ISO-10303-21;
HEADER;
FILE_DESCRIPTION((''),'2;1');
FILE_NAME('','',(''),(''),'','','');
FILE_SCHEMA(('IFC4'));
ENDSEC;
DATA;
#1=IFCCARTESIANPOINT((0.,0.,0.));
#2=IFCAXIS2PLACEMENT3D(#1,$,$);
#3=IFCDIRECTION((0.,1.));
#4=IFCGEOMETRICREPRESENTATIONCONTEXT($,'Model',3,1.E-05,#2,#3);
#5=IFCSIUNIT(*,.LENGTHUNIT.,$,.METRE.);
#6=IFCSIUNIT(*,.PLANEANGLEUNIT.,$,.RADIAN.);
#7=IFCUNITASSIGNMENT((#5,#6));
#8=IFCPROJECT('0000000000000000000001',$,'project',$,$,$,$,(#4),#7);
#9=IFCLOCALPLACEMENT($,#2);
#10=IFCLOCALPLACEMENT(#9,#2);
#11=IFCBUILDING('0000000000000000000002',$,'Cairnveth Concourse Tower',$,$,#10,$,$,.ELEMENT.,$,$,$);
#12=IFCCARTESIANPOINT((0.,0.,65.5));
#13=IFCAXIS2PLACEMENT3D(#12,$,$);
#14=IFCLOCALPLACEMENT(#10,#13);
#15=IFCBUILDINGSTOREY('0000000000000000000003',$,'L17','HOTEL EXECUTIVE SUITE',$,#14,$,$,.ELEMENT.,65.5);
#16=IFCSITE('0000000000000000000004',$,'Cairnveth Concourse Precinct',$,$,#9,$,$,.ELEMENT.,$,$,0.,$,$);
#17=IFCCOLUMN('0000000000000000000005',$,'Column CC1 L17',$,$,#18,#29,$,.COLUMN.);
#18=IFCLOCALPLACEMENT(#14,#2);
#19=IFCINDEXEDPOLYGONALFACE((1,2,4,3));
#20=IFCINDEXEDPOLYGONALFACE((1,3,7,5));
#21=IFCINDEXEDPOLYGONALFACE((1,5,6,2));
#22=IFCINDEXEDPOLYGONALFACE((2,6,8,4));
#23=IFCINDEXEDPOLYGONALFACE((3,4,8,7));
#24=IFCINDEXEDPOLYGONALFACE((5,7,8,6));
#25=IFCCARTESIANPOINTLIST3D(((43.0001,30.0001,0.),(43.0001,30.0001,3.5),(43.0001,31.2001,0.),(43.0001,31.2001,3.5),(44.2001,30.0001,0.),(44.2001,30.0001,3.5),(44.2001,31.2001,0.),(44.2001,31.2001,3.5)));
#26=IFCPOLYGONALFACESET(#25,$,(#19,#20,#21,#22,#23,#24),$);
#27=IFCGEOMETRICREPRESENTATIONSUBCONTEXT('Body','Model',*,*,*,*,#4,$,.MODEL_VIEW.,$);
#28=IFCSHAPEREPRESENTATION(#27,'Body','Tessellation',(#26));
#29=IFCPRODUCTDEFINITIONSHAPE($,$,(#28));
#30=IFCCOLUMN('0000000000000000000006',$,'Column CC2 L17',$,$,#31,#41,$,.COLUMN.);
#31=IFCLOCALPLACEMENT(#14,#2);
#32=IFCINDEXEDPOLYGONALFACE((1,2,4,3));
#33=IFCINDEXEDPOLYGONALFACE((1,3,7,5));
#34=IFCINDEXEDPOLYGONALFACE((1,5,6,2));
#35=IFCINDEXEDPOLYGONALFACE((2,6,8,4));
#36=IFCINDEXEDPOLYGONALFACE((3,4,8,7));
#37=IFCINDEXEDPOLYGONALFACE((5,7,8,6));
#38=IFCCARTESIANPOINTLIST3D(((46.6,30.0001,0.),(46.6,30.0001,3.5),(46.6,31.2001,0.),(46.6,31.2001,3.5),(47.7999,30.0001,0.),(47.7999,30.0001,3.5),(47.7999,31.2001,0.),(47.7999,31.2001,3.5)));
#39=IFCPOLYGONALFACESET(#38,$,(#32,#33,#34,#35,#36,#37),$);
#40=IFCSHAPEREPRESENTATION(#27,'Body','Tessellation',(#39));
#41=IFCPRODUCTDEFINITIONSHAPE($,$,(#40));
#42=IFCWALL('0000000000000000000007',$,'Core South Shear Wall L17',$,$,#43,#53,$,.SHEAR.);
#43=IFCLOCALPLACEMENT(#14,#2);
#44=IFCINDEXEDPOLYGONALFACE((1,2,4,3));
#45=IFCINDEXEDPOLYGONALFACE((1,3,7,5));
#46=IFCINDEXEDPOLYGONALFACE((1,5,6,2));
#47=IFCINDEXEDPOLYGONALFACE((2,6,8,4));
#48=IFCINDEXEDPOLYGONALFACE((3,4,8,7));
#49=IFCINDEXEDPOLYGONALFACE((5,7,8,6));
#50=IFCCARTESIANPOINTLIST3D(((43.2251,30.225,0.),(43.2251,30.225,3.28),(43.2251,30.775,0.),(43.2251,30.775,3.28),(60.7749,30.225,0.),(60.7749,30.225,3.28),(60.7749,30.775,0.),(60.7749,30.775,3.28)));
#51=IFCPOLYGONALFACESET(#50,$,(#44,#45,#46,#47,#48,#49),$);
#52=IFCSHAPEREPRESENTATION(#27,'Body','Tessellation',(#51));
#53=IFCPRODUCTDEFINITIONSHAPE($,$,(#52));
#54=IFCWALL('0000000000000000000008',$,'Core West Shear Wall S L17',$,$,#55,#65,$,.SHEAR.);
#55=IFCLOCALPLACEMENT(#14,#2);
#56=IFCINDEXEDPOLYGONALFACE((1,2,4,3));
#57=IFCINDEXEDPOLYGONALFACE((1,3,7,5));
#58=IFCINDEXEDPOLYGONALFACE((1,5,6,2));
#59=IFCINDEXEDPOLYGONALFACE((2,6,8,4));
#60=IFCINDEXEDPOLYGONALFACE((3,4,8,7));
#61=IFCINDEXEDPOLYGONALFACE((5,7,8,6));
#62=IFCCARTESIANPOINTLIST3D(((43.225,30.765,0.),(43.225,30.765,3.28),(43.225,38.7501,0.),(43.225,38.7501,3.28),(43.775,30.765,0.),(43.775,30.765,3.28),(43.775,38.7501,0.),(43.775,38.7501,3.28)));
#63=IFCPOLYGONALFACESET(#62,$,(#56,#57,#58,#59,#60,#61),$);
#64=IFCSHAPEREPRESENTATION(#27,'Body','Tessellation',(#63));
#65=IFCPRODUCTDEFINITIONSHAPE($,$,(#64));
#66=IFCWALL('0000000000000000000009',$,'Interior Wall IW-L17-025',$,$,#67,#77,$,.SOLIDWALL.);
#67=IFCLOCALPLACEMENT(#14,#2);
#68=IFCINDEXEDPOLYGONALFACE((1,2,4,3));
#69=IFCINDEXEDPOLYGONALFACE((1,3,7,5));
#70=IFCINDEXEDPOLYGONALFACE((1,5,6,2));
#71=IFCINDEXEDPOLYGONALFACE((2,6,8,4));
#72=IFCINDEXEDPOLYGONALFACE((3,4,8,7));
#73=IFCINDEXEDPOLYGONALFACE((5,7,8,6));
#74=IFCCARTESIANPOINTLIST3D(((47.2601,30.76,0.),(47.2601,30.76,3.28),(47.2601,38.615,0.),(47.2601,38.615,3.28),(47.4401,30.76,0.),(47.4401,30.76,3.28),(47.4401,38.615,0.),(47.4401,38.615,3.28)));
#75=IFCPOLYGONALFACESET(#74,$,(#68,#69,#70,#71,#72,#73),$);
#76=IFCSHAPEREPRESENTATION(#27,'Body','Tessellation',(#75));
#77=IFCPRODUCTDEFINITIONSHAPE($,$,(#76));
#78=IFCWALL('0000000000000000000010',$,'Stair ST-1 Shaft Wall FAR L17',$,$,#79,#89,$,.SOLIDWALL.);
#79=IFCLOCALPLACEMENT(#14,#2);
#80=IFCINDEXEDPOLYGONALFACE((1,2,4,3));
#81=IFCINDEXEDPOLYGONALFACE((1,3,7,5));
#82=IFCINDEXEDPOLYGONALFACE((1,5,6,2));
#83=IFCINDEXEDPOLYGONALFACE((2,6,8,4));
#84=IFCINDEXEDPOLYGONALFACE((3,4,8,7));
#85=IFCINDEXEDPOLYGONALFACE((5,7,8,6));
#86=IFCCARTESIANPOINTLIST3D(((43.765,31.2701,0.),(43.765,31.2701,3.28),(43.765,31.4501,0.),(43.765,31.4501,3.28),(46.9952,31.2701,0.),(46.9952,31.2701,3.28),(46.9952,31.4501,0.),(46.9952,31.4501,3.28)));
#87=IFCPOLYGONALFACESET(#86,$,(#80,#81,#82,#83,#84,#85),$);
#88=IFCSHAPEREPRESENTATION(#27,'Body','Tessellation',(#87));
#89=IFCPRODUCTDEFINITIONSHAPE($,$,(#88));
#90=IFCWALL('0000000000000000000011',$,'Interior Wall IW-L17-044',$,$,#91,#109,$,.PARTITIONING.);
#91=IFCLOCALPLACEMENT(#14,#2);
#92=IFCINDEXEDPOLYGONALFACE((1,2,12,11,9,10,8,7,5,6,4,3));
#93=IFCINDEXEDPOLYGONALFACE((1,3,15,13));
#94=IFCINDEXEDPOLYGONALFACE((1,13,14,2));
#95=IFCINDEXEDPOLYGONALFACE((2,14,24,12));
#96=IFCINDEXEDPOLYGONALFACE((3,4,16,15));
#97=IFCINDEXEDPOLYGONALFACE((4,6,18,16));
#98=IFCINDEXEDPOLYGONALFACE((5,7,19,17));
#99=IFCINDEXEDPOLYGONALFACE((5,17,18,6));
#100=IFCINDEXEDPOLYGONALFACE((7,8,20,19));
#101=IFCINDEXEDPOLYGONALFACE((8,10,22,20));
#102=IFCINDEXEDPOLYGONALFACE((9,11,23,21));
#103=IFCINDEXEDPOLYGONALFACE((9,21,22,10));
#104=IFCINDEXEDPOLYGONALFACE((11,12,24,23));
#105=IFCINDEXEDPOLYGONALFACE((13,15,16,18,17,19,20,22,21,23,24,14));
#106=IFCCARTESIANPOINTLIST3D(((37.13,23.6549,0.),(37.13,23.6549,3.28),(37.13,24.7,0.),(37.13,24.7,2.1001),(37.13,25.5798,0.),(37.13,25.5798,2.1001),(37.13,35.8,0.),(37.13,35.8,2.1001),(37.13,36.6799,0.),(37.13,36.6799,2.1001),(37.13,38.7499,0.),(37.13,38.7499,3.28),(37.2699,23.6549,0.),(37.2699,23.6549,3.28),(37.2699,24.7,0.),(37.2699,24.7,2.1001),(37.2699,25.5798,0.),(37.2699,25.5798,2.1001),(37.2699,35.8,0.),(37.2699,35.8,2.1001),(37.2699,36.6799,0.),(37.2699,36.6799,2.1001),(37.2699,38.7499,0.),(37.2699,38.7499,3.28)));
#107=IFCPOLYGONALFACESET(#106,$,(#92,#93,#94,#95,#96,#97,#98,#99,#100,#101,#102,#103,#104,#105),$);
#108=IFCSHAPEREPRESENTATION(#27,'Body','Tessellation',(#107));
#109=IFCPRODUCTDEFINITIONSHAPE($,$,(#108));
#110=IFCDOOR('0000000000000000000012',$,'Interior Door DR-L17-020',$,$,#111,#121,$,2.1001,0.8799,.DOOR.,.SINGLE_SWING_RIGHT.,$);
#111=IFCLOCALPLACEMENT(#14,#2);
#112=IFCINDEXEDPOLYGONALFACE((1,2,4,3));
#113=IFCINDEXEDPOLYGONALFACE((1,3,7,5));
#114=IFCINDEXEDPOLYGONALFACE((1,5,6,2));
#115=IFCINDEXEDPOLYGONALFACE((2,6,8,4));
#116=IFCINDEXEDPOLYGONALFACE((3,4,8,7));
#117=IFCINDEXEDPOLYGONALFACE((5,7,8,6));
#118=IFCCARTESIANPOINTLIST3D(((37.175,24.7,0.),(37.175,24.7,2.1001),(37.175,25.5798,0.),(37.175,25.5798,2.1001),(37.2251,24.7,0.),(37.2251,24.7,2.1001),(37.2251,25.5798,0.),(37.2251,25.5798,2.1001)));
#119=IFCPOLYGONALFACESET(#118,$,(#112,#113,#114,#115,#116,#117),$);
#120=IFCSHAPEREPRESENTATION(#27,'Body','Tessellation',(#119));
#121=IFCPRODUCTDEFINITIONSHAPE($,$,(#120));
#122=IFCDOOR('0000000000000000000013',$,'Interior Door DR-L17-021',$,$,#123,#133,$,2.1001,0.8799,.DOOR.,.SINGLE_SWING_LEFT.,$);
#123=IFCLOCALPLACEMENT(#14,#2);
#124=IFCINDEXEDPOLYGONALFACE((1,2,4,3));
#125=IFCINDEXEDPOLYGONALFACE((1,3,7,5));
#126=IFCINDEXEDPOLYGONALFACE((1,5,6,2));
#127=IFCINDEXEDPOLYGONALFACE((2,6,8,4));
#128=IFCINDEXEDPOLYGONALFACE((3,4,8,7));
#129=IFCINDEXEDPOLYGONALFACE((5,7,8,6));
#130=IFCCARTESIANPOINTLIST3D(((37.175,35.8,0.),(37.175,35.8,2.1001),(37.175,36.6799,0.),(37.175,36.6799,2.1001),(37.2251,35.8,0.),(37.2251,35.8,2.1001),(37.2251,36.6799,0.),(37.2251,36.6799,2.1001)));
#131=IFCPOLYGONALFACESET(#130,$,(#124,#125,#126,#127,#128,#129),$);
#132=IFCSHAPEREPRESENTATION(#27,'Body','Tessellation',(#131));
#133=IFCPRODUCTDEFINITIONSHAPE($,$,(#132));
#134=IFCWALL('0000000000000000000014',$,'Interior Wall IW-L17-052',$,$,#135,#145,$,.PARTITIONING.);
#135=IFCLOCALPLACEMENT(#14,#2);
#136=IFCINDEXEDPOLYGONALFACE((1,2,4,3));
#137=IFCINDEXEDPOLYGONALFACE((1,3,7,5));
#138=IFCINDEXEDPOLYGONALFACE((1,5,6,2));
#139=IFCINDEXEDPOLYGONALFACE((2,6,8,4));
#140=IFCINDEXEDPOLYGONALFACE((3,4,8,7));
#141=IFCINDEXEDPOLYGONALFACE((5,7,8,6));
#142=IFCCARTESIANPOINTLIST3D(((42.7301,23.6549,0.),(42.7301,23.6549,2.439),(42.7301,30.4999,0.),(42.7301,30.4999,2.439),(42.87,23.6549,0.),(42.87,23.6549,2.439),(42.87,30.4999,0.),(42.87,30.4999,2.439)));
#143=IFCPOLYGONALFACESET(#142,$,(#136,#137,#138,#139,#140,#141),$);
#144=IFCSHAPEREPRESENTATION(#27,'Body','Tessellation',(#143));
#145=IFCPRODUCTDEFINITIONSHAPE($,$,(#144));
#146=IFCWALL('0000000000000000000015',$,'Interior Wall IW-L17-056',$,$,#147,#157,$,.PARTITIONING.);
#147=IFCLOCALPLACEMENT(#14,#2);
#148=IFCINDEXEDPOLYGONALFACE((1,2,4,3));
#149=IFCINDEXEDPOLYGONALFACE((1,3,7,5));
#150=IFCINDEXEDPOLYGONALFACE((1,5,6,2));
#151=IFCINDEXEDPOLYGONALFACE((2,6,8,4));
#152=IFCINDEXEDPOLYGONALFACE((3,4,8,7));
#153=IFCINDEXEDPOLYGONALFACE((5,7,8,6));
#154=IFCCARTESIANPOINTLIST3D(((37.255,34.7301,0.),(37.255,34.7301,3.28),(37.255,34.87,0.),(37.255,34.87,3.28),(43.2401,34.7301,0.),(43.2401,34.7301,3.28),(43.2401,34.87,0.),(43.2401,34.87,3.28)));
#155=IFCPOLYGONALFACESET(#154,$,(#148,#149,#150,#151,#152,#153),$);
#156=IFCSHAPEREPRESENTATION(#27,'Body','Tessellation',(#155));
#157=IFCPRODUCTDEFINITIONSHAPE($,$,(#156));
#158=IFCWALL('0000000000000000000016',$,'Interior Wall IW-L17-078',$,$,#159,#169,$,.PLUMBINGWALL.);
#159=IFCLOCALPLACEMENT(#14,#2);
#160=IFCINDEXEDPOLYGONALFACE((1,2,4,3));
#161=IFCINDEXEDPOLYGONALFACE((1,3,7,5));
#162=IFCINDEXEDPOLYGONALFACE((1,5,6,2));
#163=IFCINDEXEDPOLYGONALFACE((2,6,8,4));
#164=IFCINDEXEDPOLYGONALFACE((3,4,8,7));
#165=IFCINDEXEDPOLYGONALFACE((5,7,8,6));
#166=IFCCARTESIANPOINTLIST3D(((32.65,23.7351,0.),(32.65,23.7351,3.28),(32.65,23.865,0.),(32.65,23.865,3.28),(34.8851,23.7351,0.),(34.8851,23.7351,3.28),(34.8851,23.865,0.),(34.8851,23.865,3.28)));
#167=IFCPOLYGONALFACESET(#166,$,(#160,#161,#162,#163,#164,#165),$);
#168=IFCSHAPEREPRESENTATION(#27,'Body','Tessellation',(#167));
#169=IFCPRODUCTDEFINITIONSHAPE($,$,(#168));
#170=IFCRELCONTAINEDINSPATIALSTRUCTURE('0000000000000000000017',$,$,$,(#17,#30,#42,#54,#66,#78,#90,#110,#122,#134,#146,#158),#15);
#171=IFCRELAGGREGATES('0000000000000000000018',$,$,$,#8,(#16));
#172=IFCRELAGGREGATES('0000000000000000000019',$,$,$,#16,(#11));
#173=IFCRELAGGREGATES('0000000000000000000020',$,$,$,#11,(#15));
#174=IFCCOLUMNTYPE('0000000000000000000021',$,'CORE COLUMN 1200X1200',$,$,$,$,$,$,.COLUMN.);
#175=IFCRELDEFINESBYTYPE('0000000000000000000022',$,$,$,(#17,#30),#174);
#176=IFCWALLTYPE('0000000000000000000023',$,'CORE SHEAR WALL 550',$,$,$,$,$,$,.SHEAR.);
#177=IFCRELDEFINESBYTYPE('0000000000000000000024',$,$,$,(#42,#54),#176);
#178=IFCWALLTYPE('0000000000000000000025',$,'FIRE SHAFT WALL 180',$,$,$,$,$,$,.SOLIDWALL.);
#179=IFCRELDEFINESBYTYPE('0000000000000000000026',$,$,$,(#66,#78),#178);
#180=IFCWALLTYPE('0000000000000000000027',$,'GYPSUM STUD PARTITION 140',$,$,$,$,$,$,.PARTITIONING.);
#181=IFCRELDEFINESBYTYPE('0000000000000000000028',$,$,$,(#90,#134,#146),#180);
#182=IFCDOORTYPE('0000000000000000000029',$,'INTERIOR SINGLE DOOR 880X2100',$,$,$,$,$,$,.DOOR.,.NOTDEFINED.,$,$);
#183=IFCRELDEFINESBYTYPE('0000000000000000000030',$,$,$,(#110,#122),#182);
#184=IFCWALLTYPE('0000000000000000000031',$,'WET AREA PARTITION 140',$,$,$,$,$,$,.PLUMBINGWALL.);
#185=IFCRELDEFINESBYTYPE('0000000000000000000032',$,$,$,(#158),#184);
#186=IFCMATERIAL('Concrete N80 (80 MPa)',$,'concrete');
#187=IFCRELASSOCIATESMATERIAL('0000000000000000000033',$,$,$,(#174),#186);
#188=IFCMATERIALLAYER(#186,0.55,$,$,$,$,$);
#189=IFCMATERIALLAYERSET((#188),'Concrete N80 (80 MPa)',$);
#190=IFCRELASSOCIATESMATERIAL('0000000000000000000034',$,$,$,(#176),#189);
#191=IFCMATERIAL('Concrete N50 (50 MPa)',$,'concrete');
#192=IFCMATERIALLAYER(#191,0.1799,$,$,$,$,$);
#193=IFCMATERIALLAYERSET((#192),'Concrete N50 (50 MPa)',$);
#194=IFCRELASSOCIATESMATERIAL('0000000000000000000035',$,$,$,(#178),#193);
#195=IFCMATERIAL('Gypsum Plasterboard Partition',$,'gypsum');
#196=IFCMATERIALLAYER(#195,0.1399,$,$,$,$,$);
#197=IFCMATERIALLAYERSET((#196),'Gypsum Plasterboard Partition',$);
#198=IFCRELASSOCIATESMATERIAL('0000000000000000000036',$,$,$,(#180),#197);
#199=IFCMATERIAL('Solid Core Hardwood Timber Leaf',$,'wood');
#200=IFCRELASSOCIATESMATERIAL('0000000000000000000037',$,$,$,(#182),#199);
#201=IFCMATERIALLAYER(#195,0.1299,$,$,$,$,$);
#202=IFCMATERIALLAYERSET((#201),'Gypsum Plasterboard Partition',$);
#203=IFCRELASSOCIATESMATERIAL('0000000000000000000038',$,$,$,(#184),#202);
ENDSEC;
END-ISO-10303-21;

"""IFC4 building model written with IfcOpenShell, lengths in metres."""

from ifc_helpers import new_model, si_unit, direction, frame, frame_2d, origin, origin_2d, place, context, subcontext, project, spatial, rectangle, extrude, material, layer, layer_set, material_profile, profile_set, type_object, element, fill, save


model = new_model("IFC4")

# Units and contexts
model_context = context("Model", 3, precision=1e-05, world=origin(), true_north=direction((0.0, 1.0)))
body_context = subcontext(model_context, "Body", "Model", "MODEL_VIEW")
ifc_project = project(units=[si_unit("LENGTHUNIT", "METRE"), si_unit("PLANEANGLEUNIT", "RADIAN")], contexts=[model_context])

# Site, building, storey
site_placement = place(None, origin())
site = spatial("IfcSite", under=ifc_project, at=site_placement, Name="Cairnveth Concourse Precinct", CompositionType="ELEMENT", RefElevation=0.0)
building_placement = place(site_placement, origin())
building = spatial("IfcBuilding", under=site, at=building_placement, Name="Cairnveth Concourse Tower", CompositionType="ELEMENT")
storey_placement = place(building_placement, frame((0.0, 0.0, 65.5)))
storey = spatial("IfcBuildingStorey", under=building, at=storey_placement, Name="L17", Description="HOTEL EXECUTIVE SUITE", CompositionType="ELEMENT", Elevation=65.5)

# Columns
ifc_material_1 = material(Name="Concrete N80 (80 MPa)", Category="concrete")
ifc_material_profile = material_profile(ifc_material_1, rectangle(XDim=1.2, YDim=1.2, at=origin_2d()), Name="RC-COL-1200x1200")
ifc_profile_set = profile_set([ifc_material_profile], Name="Concrete N80 (80 MPa)")
column_type = type_object("IfcColumnType", Name="CORE COLUMN 1200X1200", PredefinedType="COLUMN", material=ifc_profile_set)
for number, where, z_axis, x_axis, name in (
    (1, (43.6001, 30.6001, 0.0), (0.0, 0.0, 1.0), (1.0, 0.0, 0.0), "Column CC1 L17"),
    (2, (47.2, 30.6001, 0.0), (0.0, 0.0, 1.0), (1.0, 0.0, 0.0), "Column CC2 L17"),
):
    element("IfcColumn", number, at=place(storey_placement, frame(where, z_axis=z_axis, x_axis=x_axis)), inside=storey, type_object=column_type, Name=name, PredefinedType="COLUMN", context=body_context, shape_type="SweptSolid", body=[
        extrude(rectangle(XDim=1.2, YDim=1.2, at=origin_2d()), origin(), (0.0, 0.0, 1.0), 3.5),
    ])

# Walls
ifc_layer_1 = layer(ifc_material_1, 0.55)
ifc_layer_set_1 = layer_set([ifc_layer_1], Name="Concrete N80 (80 MPa)")
wall_type_1 = type_object("IfcWallType", Name="CORE SHEAR WALL 550", PredefinedType="SHEAR", material=ifc_layer_set_1)
wall_1_placement = place(storey_placement, frame((43.2251, 30.5, 0.0), z_axis=(0.0, 0.0, 1.0), x_axis=(1.0, 0.0, 0.0)))
element("IfcWall", 3, at=wall_1_placement, inside=storey, type_object=wall_type_1, Name="Core South Shear Wall L17", PredefinedType="SHEAR", context=body_context, shape_type="SweptSolid", body=[
    extrude(rectangle(XDim=17.5498, YDim=0.55, at=frame_2d((8.7749, 0.0))), origin(), (0.0, 0.0, 1.0), 3.28),
])
wall_2_placement = place(storey_placement, frame((43.5, 30.7649, 0.0), z_axis=(0.0, 0.0, 1.0), x_axis=(0.0, 1.0, 0.0)))
element("IfcWall", 4, at=wall_2_placement, inside=storey, type_object=wall_type_1, Name="Core West Shear Wall S L17", PredefinedType="SHEAR", context=body_context, shape_type="SweptSolid", body=[
    extrude(rectangle(XDim=7.9851, YDim=0.55, at=frame_2d((3.9927, 0.0))), origin(), (0.0, 0.0, 1.0), 3.28),
])
ifc_material_2 = material(Name="Concrete N50 (50 MPa)", Category="concrete")
ifc_layer_2 = layer(ifc_material_2, 0.1799)
ifc_layer_set_2 = layer_set([ifc_layer_2], Name="Concrete N50 (50 MPa)")
wall_type_2 = type_object("IfcWallType", Name="FIRE SHAFT WALL 180", PredefinedType="SOLIDWALL", material=ifc_layer_set_2)
wall_3_placement = place(storey_placement, frame((47.3501, 30.76, 0.0), z_axis=(0.0, 0.0, 1.0), x_axis=(0.0, 1.0, 0.0)))
element("IfcWall", 5, at=wall_3_placement, inside=storey, type_object=wall_type_2, Name="Interior Wall IW-L17-025", PredefinedType="SOLIDWALL", context=body_context, shape_type="SweptSolid", body=[
    extrude(rectangle(XDim=7.855, YDim=0.1799, at=frame_2d((3.9275, 0.0))), origin(), (0.0, 0.0, 1.0), 3.28),
])
wall_4_placement = place(storey_placement, frame((43.7649, 31.3601, 0.0), z_axis=(0.0, 0.0, 1.0), x_axis=(1.0, 0.0, 0.0)))
element("IfcWall", 6, at=wall_4_placement, inside=storey, type_object=wall_type_2, Name="Stair ST-1 Shaft Wall FAR L17", PredefinedType="SOLIDWALL", context=body_context, shape_type="SweptSolid", body=[
    extrude(rectangle(XDim=3.2302, YDim=0.1799, at=frame_2d((1.6152, 0.0))), origin(), (0.0, 0.0, 1.0), 3.28),
])

# Wall, openings, doors
ifc_material_3 = material(Name="Gypsum Plasterboard Partition", Category="gypsum")
ifc_layer_3 = layer(ifc_material_3, 0.1399)
ifc_layer_set_3 = layer_set([ifc_layer_3], Name="Gypsum Plasterboard Partition")
wall_type_3 = type_object("IfcWallType", Name="GYPSUM STUD PARTITION 140", PredefinedType="PARTITIONING", material=ifc_layer_set_3)
wall_5_placement = place(storey_placement, frame((37.2, 23.655, 0.0), z_axis=(0.0, 0.0, 1.0), x_axis=(0.0, 1.0, 0.0)))
wall_5 = element("IfcWall", 7, at=wall_5_placement, inside=storey, type_object=wall_type_3, Name="Interior Wall IW-L17-044", PredefinedType="PARTITIONING", context=body_context, shape_type="SweptSolid", body=[
    extrude(rectangle(XDim=15.095, YDim=0.1399, at=frame_2d((7.5474, 0.0))), origin(), (0.0, 0.0, 1.0), 3.28),
])
opening_1_placement = place(wall_5_placement, frame((1.0449, 0.0, 0.0)))
opening_1 = element("IfcOpeningElement", 8, at=opening_1_placement, cuts=wall_5, PredefinedType="OPENING", context=body_context, shape_type="SweptSolid", body=[
    extrude(rectangle(XDim=0.8799, YDim=2.1001, at=frame_2d((0.4399, 1.05))), frame((0.0, 0.0798, 0.0), z_axis=(0.0, -1.0, 0.0), x_axis=(1.0, 0.0, 0.0)), (0.0, 0.0, 1.0), 0.1599),
])
opening_2_placement = place(wall_5_placement, frame((12.145, 0.0, 0.0)))
opening_2 = element("IfcOpeningElement", 9, at=opening_2_placement, cuts=wall_5, PredefinedType="OPENING", context=body_context, shape_type="SweptSolid", body=[
    extrude(rectangle(XDim=0.8799, YDim=2.1001, at=frame_2d((0.4399, 1.05))), frame((0.0, 0.0798, 0.0), z_axis=(0.0, -1.0, 0.0), x_axis=(1.0, 0.0, 0.0)), (0.0, 0.0, 1.0), 0.1599),
])
ifc_material_4 = material(Name="Solid Core Hardwood Timber Leaf", Category="wood")
door_type = type_object("IfcDoorType", Name="INTERIOR SINGLE DOOR 880X2100", OperationType="NOTDEFINED", PredefinedType="DOOR", material=ifc_material_4)
door_1_placement = place(opening_1_placement, origin())
door_1 = element("IfcDoor", 10, at=door_1_placement, inside=storey, type_object=door_type, Name="Interior Door DR-L17-020", OperationType="SINGLE_SWING_RIGHT", OverallHeight=2.1001, OverallWidth=0.8799, PredefinedType="DOOR", context=body_context, shape_type="SweptSolid", body=[
    extrude(rectangle(XDim=0.8799, YDim=2.1001, at=frame_2d((0.4399, 1.05))), frame((0.0, 0.0249, 0.0), z_axis=(0.0, -1.0, 0.0), x_axis=(1.0, 0.0, 0.0)), (0.0, 0.0, 1.0), 0.05),
])
fill(opening_1, door_1)
door_2_placement = place(opening_2_placement, origin())
door_2 = element("IfcDoor", 11, at=door_2_placement, inside=storey, type_object=door_type, Name="Interior Door DR-L17-021", OperationType="SINGLE_SWING_LEFT", OverallHeight=2.1001, OverallWidth=0.8799, PredefinedType="DOOR", context=body_context, shape_type="SweptSolid", body=[
    extrude(rectangle(XDim=0.8799, YDim=2.1001, at=frame_2d((0.4399, 1.05))), frame((0.0, 0.0249, 0.0), z_axis=(0.0, -1.0, 0.0), x_axis=(1.0, 0.0, 0.0)), (0.0, 0.0, 1.0), 0.05),
])
fill(opening_2, door_2)

# Walls
wall_6_placement = place(storey_placement, frame((42.8, 23.655, 0.0), z_axis=(0.0, 0.0, 1.0), x_axis=(0.0, 1.0, 0.0)))
element("IfcWall", 12, at=wall_6_placement, inside=storey, type_object=wall_type_3, Name="Interior Wall IW-L17-052", PredefinedType="PARTITIONING", context=body_context, shape_type="SweptSolid", body=[
    extrude(rectangle(XDim=6.845, YDim=0.1399, at=frame_2d((3.4224, 0.0))), origin(), (0.0, 0.0, 1.0), 2.439),
])
wall_7_placement = place(storey_placement, frame((37.2549, 34.8, 0.0), z_axis=(0.0, 0.0, 1.0), x_axis=(1.0, 0.0, 0.0)))
element("IfcWall", 13, at=wall_7_placement, inside=storey, type_object=wall_type_3, Name="Interior Wall IW-L17-056", PredefinedType="PARTITIONING", context=body_context, shape_type="SweptSolid", body=[
    extrude(rectangle(XDim=5.9851, YDim=0.1399, at=frame_2d((2.9927, 0.0))), origin(), (0.0, 0.0, 1.0), 3.28),
])
ifc_layer_4 = layer(ifc_material_3, 0.1299)
ifc_layer_set_4 = layer_set([ifc_layer_4], Name="Gypsum Plasterboard Partition")
wall_type_4 = type_object("IfcWallType", Name="WET AREA PARTITION 140", PredefinedType="PLUMBINGWALL", material=ifc_layer_set_4)
wall_8_placement = place(storey_placement, frame((32.6499, 23.8, 0.0), z_axis=(0.0, 0.0, 1.0), x_axis=(1.0, 0.0, 0.0)))
element("IfcWall", 14, at=wall_8_placement, inside=storey, type_object=wall_type_4, Name="Interior Wall IW-L17-078", PredefinedType="PLUMBINGWALL", context=body_context, shape_type="SweptSolid", body=[
    extrude(rectangle(XDim=2.2351, YDim=0.1299, at=frame_2d((1.1177, 0.0))), origin(), (0.0, 0.0, 1.0), 3.28),
])

save(model, "model.ifc")
